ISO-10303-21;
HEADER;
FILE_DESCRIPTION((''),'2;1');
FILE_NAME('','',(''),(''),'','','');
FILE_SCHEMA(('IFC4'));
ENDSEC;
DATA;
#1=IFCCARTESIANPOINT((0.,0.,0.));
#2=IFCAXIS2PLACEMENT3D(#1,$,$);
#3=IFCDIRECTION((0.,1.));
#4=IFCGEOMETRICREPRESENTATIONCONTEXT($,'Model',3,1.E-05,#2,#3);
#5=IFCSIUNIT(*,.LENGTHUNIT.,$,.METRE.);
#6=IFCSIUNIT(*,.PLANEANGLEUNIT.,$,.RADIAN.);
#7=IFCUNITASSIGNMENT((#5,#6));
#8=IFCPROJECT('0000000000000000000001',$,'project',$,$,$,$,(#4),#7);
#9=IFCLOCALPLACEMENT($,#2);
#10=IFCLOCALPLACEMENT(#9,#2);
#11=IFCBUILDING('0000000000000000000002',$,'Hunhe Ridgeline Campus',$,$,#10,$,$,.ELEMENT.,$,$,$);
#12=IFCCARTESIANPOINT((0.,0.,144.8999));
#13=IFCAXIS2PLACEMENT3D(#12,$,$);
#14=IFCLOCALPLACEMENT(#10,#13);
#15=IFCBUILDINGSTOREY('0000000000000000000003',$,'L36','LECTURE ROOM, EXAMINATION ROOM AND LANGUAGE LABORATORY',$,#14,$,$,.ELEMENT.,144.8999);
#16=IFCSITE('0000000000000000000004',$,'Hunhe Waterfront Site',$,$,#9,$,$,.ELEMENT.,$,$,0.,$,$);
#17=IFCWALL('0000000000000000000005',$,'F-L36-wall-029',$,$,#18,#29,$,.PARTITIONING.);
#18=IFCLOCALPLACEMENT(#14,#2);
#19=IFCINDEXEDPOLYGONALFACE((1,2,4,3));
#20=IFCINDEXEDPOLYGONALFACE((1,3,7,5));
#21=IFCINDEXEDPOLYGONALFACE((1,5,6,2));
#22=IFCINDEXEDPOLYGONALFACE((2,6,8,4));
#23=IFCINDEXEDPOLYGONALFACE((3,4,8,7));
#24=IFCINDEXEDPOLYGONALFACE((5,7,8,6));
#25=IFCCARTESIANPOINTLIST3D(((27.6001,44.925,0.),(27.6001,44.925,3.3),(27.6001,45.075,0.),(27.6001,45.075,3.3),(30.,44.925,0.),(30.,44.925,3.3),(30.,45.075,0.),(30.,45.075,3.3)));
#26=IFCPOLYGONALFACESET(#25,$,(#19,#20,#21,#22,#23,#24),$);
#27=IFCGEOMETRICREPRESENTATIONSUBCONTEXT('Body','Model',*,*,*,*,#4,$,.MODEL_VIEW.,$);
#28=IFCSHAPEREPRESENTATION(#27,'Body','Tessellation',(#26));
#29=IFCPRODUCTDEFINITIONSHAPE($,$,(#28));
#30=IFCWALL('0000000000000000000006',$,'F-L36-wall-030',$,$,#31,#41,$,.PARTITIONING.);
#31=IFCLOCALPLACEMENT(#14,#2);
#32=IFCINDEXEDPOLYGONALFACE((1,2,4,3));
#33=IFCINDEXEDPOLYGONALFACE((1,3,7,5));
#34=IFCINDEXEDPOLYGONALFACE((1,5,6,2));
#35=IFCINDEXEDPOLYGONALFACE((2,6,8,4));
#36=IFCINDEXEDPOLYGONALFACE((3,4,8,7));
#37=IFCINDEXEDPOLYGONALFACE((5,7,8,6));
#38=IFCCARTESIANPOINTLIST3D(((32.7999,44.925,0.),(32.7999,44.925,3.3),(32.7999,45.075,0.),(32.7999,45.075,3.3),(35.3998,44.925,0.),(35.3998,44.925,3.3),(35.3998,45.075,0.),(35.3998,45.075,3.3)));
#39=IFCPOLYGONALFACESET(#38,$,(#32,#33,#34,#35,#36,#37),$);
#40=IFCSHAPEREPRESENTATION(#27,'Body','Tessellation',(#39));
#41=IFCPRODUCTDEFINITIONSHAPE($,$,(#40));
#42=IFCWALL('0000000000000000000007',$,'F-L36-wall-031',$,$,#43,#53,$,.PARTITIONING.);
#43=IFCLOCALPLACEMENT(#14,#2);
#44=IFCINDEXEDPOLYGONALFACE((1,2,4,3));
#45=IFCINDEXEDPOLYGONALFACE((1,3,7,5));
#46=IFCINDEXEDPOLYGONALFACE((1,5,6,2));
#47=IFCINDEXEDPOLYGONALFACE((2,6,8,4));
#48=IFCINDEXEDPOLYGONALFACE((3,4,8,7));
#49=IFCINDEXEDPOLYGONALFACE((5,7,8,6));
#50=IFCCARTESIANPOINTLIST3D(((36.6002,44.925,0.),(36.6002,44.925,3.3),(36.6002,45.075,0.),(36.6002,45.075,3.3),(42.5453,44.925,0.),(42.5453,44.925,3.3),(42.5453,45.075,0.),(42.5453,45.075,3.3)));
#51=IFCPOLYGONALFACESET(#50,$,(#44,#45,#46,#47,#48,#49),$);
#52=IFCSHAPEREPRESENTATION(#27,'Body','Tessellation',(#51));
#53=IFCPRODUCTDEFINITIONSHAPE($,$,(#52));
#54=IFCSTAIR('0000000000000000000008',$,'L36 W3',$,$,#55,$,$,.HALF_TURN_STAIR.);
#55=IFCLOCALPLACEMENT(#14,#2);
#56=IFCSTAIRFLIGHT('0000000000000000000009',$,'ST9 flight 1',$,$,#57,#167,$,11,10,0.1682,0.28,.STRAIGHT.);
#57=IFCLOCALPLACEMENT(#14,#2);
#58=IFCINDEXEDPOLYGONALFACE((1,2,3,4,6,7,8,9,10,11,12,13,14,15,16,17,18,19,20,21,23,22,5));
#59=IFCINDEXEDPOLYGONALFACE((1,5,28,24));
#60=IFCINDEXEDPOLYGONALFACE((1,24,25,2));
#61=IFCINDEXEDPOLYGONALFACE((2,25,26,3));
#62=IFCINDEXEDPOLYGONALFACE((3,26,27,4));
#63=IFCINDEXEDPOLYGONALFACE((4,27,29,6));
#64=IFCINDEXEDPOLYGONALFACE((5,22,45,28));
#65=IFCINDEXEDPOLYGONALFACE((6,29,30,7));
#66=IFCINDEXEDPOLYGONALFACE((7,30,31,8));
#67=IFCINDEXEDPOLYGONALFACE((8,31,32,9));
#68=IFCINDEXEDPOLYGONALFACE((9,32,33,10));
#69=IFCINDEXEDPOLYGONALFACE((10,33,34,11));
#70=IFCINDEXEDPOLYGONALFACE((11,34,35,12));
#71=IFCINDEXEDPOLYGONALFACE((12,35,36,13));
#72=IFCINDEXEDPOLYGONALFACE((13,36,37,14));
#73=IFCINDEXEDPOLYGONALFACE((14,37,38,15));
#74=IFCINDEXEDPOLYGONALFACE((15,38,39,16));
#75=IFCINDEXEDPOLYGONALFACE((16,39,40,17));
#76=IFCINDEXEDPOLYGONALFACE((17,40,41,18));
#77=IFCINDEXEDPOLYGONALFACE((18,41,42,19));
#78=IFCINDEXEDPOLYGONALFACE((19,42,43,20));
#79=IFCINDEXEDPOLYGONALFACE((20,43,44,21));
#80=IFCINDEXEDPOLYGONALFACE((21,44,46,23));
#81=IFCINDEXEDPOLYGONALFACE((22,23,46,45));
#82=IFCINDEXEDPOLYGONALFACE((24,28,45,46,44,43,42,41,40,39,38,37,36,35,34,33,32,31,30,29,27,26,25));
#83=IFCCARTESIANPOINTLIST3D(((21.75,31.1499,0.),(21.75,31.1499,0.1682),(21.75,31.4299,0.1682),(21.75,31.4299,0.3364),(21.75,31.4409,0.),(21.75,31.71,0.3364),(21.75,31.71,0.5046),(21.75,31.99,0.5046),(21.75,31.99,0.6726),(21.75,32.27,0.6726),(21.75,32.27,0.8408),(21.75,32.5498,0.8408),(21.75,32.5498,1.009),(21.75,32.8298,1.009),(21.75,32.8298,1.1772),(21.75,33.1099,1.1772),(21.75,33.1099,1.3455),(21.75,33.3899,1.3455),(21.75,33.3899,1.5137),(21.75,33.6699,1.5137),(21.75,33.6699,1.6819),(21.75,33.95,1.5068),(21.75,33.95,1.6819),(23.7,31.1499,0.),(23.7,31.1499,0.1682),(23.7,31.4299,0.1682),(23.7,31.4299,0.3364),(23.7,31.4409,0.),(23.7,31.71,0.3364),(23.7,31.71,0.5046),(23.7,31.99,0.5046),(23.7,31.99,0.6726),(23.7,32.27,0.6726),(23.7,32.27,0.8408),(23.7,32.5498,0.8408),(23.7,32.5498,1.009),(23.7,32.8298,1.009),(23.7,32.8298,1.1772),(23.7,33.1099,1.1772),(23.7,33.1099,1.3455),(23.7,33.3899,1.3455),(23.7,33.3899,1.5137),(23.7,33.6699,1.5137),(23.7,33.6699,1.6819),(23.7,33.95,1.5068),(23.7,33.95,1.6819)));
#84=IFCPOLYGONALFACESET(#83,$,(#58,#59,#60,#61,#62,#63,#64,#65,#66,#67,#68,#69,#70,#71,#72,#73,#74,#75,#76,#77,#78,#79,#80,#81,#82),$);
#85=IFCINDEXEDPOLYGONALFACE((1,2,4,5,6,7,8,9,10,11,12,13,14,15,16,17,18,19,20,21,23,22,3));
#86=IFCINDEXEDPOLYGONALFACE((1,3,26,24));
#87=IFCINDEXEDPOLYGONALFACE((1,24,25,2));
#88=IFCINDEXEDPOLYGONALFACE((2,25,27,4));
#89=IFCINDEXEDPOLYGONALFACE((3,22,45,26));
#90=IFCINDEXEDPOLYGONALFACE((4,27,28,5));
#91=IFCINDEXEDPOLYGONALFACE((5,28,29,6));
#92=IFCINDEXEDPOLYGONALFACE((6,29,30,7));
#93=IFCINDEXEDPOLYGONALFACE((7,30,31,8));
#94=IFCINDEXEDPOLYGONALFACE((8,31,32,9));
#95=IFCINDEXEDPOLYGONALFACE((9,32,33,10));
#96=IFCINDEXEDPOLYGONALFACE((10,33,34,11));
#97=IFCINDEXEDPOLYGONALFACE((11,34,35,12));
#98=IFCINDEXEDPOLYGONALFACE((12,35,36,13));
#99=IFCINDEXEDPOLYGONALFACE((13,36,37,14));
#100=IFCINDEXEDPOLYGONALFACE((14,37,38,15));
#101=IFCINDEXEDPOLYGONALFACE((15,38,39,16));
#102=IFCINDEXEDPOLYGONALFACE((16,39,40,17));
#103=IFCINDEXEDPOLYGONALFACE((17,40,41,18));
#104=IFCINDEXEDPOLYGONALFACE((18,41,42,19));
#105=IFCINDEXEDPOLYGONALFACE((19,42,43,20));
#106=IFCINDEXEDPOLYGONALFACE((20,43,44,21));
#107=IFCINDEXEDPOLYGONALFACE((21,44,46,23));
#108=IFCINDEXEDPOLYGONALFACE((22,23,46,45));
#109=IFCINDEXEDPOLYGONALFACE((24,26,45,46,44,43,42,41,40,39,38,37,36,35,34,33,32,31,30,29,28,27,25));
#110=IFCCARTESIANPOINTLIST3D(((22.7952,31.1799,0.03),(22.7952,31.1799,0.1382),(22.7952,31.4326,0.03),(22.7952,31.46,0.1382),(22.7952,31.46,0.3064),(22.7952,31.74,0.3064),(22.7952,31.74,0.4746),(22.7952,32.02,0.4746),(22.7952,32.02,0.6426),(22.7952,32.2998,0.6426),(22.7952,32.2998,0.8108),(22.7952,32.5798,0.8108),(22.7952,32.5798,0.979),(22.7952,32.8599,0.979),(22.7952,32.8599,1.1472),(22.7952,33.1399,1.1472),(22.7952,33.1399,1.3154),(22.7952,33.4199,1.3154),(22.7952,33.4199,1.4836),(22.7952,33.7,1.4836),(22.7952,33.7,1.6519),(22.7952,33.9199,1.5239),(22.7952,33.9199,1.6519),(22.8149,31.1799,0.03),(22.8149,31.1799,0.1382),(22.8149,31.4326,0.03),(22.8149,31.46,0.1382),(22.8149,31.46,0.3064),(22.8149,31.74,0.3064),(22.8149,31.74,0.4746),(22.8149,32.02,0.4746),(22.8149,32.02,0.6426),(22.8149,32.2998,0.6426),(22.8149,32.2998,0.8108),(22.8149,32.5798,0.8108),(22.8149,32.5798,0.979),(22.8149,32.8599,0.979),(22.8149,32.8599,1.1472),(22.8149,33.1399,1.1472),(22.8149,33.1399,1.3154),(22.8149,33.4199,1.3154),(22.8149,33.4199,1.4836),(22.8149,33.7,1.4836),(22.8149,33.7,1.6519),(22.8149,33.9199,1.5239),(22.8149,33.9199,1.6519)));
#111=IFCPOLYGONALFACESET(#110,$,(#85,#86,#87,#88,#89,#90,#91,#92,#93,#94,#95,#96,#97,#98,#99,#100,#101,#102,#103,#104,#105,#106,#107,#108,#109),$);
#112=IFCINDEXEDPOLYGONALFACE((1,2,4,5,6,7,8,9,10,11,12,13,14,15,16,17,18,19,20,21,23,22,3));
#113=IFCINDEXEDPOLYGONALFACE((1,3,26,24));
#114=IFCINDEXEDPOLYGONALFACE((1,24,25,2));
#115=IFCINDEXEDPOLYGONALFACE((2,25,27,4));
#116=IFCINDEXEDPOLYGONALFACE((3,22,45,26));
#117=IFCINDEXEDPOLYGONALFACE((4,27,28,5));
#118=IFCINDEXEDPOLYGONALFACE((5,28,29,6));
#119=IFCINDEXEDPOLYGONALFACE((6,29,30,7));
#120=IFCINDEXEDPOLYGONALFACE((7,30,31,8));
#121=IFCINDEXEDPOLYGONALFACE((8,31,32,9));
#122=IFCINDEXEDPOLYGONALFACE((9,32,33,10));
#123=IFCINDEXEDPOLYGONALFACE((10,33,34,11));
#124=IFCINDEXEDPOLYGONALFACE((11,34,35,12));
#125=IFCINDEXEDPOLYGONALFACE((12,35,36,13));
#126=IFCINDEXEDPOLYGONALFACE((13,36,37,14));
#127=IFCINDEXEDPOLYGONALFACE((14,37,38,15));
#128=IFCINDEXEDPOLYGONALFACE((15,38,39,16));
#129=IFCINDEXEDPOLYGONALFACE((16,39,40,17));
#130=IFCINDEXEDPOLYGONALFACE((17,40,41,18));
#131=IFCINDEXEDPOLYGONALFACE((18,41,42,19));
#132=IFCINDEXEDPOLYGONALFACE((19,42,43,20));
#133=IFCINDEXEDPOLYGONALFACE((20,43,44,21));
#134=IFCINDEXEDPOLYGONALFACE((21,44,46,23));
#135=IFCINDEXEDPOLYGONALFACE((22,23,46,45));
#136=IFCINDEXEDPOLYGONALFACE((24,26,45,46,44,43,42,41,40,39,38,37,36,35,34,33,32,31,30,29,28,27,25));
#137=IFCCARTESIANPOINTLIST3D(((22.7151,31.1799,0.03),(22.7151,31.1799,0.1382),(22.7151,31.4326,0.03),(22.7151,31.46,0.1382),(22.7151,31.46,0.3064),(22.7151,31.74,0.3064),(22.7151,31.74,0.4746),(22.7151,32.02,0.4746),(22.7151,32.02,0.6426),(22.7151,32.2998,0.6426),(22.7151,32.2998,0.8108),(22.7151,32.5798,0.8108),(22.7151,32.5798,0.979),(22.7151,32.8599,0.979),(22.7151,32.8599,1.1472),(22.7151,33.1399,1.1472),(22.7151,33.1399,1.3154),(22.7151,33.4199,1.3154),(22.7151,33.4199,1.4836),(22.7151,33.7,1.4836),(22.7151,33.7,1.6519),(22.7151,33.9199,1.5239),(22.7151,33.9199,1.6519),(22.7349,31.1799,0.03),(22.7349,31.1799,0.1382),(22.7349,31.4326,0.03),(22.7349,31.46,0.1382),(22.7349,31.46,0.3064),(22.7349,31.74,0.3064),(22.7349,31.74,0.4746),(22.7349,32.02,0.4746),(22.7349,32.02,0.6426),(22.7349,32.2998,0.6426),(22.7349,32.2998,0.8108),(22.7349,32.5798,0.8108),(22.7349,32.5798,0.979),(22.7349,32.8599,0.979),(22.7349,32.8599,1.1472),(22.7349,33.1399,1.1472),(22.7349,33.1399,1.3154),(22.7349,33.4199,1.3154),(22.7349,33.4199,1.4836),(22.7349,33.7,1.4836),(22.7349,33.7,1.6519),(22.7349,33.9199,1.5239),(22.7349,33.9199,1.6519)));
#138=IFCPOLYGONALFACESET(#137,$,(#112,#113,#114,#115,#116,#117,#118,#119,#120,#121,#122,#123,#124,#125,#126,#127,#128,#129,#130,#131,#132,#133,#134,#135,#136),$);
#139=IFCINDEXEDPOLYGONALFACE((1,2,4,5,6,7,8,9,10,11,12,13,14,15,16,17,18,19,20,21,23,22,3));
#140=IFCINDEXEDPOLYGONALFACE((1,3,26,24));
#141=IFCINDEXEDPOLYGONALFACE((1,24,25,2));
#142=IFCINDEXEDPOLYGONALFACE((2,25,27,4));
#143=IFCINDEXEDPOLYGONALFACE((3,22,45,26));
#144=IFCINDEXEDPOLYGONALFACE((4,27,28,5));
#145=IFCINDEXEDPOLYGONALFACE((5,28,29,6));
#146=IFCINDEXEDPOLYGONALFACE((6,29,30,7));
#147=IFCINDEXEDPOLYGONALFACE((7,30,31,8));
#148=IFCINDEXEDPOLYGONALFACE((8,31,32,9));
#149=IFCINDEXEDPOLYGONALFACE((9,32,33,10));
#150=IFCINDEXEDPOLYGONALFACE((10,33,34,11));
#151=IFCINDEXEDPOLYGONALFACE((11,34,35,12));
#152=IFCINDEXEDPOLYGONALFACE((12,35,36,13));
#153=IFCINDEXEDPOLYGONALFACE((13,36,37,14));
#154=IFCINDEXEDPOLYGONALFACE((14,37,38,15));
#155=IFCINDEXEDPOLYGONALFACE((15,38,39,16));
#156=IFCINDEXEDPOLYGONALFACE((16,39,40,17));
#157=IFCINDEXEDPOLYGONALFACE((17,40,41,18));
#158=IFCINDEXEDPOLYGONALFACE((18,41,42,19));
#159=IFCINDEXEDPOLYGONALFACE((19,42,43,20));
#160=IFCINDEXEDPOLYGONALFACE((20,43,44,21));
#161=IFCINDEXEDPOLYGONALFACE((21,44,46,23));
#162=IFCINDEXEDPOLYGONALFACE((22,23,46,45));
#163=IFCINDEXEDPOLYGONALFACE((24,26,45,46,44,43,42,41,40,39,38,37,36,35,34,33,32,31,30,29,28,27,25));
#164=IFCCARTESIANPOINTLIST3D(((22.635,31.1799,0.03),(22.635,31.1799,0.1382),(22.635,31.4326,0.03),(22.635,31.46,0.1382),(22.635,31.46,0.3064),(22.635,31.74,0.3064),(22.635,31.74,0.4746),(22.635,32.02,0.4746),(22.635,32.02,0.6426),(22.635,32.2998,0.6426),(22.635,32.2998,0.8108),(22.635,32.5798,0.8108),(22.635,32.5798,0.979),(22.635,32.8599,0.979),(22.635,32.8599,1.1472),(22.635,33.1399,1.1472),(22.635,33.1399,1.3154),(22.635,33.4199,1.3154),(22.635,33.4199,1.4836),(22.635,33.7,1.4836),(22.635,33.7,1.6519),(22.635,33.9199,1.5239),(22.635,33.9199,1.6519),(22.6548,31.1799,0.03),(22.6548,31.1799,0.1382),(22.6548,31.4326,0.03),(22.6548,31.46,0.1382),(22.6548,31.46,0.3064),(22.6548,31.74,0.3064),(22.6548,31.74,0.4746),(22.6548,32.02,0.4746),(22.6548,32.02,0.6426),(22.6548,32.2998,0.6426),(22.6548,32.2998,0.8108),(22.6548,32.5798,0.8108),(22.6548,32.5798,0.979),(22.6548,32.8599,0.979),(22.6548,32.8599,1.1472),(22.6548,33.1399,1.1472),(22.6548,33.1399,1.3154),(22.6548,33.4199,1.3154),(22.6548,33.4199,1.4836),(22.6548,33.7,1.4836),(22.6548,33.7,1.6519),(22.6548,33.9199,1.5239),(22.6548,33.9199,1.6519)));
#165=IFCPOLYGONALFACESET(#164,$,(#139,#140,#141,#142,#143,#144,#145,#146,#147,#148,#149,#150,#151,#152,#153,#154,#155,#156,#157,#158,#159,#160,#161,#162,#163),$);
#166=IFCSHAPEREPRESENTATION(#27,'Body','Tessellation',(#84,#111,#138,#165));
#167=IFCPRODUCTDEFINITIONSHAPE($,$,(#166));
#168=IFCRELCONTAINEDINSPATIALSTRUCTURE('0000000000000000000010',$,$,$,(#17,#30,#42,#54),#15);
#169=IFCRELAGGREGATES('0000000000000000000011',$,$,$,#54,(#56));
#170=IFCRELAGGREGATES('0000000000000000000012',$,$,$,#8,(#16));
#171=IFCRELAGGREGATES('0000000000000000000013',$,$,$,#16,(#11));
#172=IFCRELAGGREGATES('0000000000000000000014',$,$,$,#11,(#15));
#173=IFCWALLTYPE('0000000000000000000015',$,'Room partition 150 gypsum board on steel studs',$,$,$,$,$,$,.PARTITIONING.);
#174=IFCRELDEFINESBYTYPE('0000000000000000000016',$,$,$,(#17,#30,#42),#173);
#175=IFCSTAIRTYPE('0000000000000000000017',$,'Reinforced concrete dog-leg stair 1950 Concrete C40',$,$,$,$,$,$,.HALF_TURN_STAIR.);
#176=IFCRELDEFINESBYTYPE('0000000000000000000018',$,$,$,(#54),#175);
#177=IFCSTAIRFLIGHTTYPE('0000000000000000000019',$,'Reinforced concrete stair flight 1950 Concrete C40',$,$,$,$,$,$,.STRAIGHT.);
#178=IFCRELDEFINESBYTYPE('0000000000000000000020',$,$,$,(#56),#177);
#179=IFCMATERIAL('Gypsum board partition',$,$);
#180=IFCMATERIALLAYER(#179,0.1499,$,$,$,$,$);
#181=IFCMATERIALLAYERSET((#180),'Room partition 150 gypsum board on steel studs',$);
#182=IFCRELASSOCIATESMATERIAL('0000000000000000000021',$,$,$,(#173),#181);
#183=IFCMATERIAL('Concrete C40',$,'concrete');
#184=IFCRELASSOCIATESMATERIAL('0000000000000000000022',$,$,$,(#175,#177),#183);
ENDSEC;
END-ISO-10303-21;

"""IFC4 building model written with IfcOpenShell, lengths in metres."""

from ifc_helpers import new_model, si_unit, direction, frame, frame_2d, origin, place, context, subcontext, project, spatial, polyline, rectangle, outline, extrude, material, layer, layer_set, type_object, element, aggregate, save


model = new_model("IFC4")

# Units and contexts
model_context = context("Model", 3, precision=1e-05, world=origin(), true_north=direction((0.0, 1.0)))
body_context = subcontext(model_context, "Body", "Model", "MODEL_VIEW")
ifc_project = project(units=[si_unit("LENGTHUNIT", "METRE"), si_unit("PLANEANGLEUNIT", "RADIAN")], contexts=[model_context])

# Site, building, storey
site_placement = place(None, origin())
site = spatial("IfcSite", under=ifc_project, at=site_placement, Name="Hunhe Waterfront Site", CompositionType="ELEMENT", RefElevation=0.0)
building_placement = place(site_placement, origin())
building = spatial("IfcBuilding", under=site, at=building_placement, Name="Hunhe Ridgeline Campus", CompositionType="ELEMENT")
storey_placement = place(building_placement, frame((0.0, 0.0, 144.8999)))
storey = spatial("IfcBuildingStorey", under=building, at=storey_placement, Name="L36", Description="LECTURE ROOM, EXAMINATION ROOM AND LANGUAGE LABORATORY", CompositionType="ELEMENT", Elevation=144.8999)

# Walls
ifc_material_1 = material(Name="Gypsum board partition")
ifc_layer_1 = layer(ifc_material_1, 0.1499)
ifc_layer_set_1 = layer_set([ifc_layer_1], Name="Room partition 150 gypsum board on steel studs")
wall_type_1 = type_object("IfcWallType", Name="Room partition 150 gypsum board on steel studs", PredefinedType="PARTITIONING", material=ifc_layer_set_1)
wall_1_placement = place(storey_placement, frame((27.6001, 45.0, 0.0), z_axis=(0.0, 0.0, 1.0), x_axis=(1.0, 0.0, 0.0)))
element("IfcWall", 1, at=wall_1_placement, inside=storey, type_object=wall_type_1, Name="F-L36-wall-029", PredefinedType="PARTITIONING", context=body_context, shape_type="SweptSolid", body=[
    extrude(rectangle(XDim=2.3999, YDim=0.1499, at=frame_2d((1.2, 0.0))), origin(), (0.0, 0.0, 1.0), 3.3),
])
wall_2_placement = place(storey_placement, frame((32.8, 45.0, 0.0), z_axis=(0.0, 0.0, 1.0), x_axis=(1.0, 0.0, 0.0)))
element("IfcWall", 2, at=wall_2_placement, inside=storey, type_object=wall_type_1, Name="F-L36-wall-030", PredefinedType="PARTITIONING", context=body_context, shape_type="SweptSolid", body=[
    extrude(rectangle(XDim=2.5999, YDim=0.1499, at=frame_2d((1.2998, 0.0))), origin(), (0.0, 0.0, 1.0), 3.3),
])
wall_3_placement = place(storey_placement, frame((36.6001, 45.0, 0.0), z_axis=(0.0, 0.0, 1.0), x_axis=(1.0, 0.0, 0.0)))
element("IfcWall", 3, at=wall_3_placement, inside=storey, type_object=wall_type_1, Name="F-L36-wall-031", PredefinedType="PARTITIONING", context=body_context, shape_type="SweptSolid", body=[
    extrude(rectangle(XDim=5.9451, YDim=0.1499, at=frame_2d((2.9727, 0.0))), origin(), (0.0, 0.0, 1.0), 3.3),
])

# Stair, stair flight
ifc_material_2 = material(Name="Concrete C40", Category="concrete")
stair_type = type_object("IfcStairType", Name="Reinforced concrete dog-leg stair 1950 Concrete C40", PredefinedType="HALF_TURN_STAIR", material=ifc_material_2)
stair_placement = place(storey_placement, origin())
stair = element("IfcStair", 4, at=stair_placement, inside=storey, type_object=stair_type, Name="L36 W3", PredefinedType="HALF_TURN_STAIR")
stair_flight_type = type_object("IfcStairFlightType", Name="Reinforced concrete stair flight 1950 Concrete C40", PredefinedType="STRAIGHT", material=ifc_material_2)
stair_flight_1_placement = place(storey_placement, frame((22.7251, 31.1499, 0.0), z_axis=(0.0, 0.0, 1.0), x_axis=(0.0, 1.0, 0.0)))
stair_flight_1 = element("IfcStairFlight", 5, at=stair_flight_1_placement, type_object=stair_flight_type, Name="ST9 flight 1", NumberOfRisers=11, NumberOfTreads=10, PredefinedType="STRAIGHT", RiserHeight=0.1682, TreadLength=0.28, context=body_context, shape_type="SweptSolid", body=[
    extrude(outline(polyline([(0.0, 0.0), (0.0, 0.1682), (0.28, 0.1682), (0.28, 0.3364), (0.5601, 0.3364), (0.5601, 0.5046), (0.8401, 0.5046), (0.8401, 0.6726), (1.1201, 0.6726), (1.1201, 0.8408), (1.3999, 0.8408), (1.3999, 1.009), (1.6799, 1.009), (1.6799, 1.1772), (1.96, 1.1772), (1.96, 1.3455), (2.24, 1.3455), (2.24, 1.5137), (2.52, 1.5137), (2.52, 1.6819), (2.8, 1.6819), (2.8, 1.8501), (2.8, 1.5068), (0.291, 0.0), (0.0, 0.0)])), frame((0.0, 0.9751, 0.0), z_axis=(0.0, -1.0, 0.0), x_axis=(1.0, 0.0, 0.0)), (0.0, 0.0, 1.0), 1.95),
    extrude(outline(polyline([(0.03, 0.03), (0.03, 0.1382), (0.3101, 0.1382), (0.3101, 0.3064), (0.5901, 0.3064), (0.5901, 0.4746), (0.8701, 0.4746), (0.8701, 0.6426), (1.1499, 0.6426), (1.1499, 0.8108), (1.4299, 0.8108), (1.4299, 0.979), (1.71, 0.979), (1.71, 1.1472), (1.99, 1.1472), (1.99, 1.3154), (2.27, 1.3154), (2.27, 1.4836), (2.55, 1.4836), (2.55, 1.6519), (2.77, 1.6519), (2.77, 1.5239), (0.2827, 0.03), (0.03, 0.03)])), frame((0.0, -0.0701, 0.0), z_axis=(0.0, -1.0, 0.0), x_axis=(1.0, 0.0, 0.0)), (0.0, 0.0, 1.0), 0.0198),
    extrude(outline(polyline([(0.03, 0.03), (0.03, 0.1382), (0.3101, 0.1382), (0.3101, 0.3064), (0.5901, 0.3064), (0.5901, 0.4746), (0.8701, 0.4746), (0.8701, 0.6426), (1.1499, 0.6426), (1.1499, 0.8108), (1.4299, 0.8108), (1.4299, 0.979), (1.71, 0.979), (1.71, 1.1472), (1.99, 1.1472), (1.99, 1.3154), (2.27, 1.3154), (2.27, 1.4836), (2.55, 1.4836), (2.55, 1.6519), (2.77, 1.6519), (2.77, 1.5239), (0.2827, 0.03), (0.03, 0.03)])), frame((0.0, 0.01, 0.0), z_axis=(0.0, -1.0, 0.0), x_axis=(1.0, 0.0, 0.0)), (0.0, 0.0, 1.0), 0.0198),
    extrude(outline(polyline([(0.03, 0.03), (0.03, 0.1382), (0.3101, 0.1382), (0.3101, 0.3064), (0.5901, 0.3064), (0.5901, 0.4746), (0.8701, 0.4746), (0.8701, 0.6426), (1.1499, 0.6426), (1.1499, 0.8108), (1.4299, 0.8108), (1.4299, 0.979), (1.71, 0.979), (1.71, 1.1472), (1.99, 1.1472), (1.99, 1.3154), (2.27, 1.3154), (2.27, 1.4836), (2.55, 1.4836), (2.55, 1.6519), (2.77, 1.6519), (2.77, 1.5239), (0.2827, 0.03), (0.03, 0.03)])), frame((0.0, 0.0901, 0.0), z_axis=(0.0, -1.0, 0.0), x_axis=(1.0, 0.0, 0.0)), (0.0, 0.0, 1.0), 0.0198),
])
aggregate(stair, [stair_flight_1])

save(model, "model.ifc")
